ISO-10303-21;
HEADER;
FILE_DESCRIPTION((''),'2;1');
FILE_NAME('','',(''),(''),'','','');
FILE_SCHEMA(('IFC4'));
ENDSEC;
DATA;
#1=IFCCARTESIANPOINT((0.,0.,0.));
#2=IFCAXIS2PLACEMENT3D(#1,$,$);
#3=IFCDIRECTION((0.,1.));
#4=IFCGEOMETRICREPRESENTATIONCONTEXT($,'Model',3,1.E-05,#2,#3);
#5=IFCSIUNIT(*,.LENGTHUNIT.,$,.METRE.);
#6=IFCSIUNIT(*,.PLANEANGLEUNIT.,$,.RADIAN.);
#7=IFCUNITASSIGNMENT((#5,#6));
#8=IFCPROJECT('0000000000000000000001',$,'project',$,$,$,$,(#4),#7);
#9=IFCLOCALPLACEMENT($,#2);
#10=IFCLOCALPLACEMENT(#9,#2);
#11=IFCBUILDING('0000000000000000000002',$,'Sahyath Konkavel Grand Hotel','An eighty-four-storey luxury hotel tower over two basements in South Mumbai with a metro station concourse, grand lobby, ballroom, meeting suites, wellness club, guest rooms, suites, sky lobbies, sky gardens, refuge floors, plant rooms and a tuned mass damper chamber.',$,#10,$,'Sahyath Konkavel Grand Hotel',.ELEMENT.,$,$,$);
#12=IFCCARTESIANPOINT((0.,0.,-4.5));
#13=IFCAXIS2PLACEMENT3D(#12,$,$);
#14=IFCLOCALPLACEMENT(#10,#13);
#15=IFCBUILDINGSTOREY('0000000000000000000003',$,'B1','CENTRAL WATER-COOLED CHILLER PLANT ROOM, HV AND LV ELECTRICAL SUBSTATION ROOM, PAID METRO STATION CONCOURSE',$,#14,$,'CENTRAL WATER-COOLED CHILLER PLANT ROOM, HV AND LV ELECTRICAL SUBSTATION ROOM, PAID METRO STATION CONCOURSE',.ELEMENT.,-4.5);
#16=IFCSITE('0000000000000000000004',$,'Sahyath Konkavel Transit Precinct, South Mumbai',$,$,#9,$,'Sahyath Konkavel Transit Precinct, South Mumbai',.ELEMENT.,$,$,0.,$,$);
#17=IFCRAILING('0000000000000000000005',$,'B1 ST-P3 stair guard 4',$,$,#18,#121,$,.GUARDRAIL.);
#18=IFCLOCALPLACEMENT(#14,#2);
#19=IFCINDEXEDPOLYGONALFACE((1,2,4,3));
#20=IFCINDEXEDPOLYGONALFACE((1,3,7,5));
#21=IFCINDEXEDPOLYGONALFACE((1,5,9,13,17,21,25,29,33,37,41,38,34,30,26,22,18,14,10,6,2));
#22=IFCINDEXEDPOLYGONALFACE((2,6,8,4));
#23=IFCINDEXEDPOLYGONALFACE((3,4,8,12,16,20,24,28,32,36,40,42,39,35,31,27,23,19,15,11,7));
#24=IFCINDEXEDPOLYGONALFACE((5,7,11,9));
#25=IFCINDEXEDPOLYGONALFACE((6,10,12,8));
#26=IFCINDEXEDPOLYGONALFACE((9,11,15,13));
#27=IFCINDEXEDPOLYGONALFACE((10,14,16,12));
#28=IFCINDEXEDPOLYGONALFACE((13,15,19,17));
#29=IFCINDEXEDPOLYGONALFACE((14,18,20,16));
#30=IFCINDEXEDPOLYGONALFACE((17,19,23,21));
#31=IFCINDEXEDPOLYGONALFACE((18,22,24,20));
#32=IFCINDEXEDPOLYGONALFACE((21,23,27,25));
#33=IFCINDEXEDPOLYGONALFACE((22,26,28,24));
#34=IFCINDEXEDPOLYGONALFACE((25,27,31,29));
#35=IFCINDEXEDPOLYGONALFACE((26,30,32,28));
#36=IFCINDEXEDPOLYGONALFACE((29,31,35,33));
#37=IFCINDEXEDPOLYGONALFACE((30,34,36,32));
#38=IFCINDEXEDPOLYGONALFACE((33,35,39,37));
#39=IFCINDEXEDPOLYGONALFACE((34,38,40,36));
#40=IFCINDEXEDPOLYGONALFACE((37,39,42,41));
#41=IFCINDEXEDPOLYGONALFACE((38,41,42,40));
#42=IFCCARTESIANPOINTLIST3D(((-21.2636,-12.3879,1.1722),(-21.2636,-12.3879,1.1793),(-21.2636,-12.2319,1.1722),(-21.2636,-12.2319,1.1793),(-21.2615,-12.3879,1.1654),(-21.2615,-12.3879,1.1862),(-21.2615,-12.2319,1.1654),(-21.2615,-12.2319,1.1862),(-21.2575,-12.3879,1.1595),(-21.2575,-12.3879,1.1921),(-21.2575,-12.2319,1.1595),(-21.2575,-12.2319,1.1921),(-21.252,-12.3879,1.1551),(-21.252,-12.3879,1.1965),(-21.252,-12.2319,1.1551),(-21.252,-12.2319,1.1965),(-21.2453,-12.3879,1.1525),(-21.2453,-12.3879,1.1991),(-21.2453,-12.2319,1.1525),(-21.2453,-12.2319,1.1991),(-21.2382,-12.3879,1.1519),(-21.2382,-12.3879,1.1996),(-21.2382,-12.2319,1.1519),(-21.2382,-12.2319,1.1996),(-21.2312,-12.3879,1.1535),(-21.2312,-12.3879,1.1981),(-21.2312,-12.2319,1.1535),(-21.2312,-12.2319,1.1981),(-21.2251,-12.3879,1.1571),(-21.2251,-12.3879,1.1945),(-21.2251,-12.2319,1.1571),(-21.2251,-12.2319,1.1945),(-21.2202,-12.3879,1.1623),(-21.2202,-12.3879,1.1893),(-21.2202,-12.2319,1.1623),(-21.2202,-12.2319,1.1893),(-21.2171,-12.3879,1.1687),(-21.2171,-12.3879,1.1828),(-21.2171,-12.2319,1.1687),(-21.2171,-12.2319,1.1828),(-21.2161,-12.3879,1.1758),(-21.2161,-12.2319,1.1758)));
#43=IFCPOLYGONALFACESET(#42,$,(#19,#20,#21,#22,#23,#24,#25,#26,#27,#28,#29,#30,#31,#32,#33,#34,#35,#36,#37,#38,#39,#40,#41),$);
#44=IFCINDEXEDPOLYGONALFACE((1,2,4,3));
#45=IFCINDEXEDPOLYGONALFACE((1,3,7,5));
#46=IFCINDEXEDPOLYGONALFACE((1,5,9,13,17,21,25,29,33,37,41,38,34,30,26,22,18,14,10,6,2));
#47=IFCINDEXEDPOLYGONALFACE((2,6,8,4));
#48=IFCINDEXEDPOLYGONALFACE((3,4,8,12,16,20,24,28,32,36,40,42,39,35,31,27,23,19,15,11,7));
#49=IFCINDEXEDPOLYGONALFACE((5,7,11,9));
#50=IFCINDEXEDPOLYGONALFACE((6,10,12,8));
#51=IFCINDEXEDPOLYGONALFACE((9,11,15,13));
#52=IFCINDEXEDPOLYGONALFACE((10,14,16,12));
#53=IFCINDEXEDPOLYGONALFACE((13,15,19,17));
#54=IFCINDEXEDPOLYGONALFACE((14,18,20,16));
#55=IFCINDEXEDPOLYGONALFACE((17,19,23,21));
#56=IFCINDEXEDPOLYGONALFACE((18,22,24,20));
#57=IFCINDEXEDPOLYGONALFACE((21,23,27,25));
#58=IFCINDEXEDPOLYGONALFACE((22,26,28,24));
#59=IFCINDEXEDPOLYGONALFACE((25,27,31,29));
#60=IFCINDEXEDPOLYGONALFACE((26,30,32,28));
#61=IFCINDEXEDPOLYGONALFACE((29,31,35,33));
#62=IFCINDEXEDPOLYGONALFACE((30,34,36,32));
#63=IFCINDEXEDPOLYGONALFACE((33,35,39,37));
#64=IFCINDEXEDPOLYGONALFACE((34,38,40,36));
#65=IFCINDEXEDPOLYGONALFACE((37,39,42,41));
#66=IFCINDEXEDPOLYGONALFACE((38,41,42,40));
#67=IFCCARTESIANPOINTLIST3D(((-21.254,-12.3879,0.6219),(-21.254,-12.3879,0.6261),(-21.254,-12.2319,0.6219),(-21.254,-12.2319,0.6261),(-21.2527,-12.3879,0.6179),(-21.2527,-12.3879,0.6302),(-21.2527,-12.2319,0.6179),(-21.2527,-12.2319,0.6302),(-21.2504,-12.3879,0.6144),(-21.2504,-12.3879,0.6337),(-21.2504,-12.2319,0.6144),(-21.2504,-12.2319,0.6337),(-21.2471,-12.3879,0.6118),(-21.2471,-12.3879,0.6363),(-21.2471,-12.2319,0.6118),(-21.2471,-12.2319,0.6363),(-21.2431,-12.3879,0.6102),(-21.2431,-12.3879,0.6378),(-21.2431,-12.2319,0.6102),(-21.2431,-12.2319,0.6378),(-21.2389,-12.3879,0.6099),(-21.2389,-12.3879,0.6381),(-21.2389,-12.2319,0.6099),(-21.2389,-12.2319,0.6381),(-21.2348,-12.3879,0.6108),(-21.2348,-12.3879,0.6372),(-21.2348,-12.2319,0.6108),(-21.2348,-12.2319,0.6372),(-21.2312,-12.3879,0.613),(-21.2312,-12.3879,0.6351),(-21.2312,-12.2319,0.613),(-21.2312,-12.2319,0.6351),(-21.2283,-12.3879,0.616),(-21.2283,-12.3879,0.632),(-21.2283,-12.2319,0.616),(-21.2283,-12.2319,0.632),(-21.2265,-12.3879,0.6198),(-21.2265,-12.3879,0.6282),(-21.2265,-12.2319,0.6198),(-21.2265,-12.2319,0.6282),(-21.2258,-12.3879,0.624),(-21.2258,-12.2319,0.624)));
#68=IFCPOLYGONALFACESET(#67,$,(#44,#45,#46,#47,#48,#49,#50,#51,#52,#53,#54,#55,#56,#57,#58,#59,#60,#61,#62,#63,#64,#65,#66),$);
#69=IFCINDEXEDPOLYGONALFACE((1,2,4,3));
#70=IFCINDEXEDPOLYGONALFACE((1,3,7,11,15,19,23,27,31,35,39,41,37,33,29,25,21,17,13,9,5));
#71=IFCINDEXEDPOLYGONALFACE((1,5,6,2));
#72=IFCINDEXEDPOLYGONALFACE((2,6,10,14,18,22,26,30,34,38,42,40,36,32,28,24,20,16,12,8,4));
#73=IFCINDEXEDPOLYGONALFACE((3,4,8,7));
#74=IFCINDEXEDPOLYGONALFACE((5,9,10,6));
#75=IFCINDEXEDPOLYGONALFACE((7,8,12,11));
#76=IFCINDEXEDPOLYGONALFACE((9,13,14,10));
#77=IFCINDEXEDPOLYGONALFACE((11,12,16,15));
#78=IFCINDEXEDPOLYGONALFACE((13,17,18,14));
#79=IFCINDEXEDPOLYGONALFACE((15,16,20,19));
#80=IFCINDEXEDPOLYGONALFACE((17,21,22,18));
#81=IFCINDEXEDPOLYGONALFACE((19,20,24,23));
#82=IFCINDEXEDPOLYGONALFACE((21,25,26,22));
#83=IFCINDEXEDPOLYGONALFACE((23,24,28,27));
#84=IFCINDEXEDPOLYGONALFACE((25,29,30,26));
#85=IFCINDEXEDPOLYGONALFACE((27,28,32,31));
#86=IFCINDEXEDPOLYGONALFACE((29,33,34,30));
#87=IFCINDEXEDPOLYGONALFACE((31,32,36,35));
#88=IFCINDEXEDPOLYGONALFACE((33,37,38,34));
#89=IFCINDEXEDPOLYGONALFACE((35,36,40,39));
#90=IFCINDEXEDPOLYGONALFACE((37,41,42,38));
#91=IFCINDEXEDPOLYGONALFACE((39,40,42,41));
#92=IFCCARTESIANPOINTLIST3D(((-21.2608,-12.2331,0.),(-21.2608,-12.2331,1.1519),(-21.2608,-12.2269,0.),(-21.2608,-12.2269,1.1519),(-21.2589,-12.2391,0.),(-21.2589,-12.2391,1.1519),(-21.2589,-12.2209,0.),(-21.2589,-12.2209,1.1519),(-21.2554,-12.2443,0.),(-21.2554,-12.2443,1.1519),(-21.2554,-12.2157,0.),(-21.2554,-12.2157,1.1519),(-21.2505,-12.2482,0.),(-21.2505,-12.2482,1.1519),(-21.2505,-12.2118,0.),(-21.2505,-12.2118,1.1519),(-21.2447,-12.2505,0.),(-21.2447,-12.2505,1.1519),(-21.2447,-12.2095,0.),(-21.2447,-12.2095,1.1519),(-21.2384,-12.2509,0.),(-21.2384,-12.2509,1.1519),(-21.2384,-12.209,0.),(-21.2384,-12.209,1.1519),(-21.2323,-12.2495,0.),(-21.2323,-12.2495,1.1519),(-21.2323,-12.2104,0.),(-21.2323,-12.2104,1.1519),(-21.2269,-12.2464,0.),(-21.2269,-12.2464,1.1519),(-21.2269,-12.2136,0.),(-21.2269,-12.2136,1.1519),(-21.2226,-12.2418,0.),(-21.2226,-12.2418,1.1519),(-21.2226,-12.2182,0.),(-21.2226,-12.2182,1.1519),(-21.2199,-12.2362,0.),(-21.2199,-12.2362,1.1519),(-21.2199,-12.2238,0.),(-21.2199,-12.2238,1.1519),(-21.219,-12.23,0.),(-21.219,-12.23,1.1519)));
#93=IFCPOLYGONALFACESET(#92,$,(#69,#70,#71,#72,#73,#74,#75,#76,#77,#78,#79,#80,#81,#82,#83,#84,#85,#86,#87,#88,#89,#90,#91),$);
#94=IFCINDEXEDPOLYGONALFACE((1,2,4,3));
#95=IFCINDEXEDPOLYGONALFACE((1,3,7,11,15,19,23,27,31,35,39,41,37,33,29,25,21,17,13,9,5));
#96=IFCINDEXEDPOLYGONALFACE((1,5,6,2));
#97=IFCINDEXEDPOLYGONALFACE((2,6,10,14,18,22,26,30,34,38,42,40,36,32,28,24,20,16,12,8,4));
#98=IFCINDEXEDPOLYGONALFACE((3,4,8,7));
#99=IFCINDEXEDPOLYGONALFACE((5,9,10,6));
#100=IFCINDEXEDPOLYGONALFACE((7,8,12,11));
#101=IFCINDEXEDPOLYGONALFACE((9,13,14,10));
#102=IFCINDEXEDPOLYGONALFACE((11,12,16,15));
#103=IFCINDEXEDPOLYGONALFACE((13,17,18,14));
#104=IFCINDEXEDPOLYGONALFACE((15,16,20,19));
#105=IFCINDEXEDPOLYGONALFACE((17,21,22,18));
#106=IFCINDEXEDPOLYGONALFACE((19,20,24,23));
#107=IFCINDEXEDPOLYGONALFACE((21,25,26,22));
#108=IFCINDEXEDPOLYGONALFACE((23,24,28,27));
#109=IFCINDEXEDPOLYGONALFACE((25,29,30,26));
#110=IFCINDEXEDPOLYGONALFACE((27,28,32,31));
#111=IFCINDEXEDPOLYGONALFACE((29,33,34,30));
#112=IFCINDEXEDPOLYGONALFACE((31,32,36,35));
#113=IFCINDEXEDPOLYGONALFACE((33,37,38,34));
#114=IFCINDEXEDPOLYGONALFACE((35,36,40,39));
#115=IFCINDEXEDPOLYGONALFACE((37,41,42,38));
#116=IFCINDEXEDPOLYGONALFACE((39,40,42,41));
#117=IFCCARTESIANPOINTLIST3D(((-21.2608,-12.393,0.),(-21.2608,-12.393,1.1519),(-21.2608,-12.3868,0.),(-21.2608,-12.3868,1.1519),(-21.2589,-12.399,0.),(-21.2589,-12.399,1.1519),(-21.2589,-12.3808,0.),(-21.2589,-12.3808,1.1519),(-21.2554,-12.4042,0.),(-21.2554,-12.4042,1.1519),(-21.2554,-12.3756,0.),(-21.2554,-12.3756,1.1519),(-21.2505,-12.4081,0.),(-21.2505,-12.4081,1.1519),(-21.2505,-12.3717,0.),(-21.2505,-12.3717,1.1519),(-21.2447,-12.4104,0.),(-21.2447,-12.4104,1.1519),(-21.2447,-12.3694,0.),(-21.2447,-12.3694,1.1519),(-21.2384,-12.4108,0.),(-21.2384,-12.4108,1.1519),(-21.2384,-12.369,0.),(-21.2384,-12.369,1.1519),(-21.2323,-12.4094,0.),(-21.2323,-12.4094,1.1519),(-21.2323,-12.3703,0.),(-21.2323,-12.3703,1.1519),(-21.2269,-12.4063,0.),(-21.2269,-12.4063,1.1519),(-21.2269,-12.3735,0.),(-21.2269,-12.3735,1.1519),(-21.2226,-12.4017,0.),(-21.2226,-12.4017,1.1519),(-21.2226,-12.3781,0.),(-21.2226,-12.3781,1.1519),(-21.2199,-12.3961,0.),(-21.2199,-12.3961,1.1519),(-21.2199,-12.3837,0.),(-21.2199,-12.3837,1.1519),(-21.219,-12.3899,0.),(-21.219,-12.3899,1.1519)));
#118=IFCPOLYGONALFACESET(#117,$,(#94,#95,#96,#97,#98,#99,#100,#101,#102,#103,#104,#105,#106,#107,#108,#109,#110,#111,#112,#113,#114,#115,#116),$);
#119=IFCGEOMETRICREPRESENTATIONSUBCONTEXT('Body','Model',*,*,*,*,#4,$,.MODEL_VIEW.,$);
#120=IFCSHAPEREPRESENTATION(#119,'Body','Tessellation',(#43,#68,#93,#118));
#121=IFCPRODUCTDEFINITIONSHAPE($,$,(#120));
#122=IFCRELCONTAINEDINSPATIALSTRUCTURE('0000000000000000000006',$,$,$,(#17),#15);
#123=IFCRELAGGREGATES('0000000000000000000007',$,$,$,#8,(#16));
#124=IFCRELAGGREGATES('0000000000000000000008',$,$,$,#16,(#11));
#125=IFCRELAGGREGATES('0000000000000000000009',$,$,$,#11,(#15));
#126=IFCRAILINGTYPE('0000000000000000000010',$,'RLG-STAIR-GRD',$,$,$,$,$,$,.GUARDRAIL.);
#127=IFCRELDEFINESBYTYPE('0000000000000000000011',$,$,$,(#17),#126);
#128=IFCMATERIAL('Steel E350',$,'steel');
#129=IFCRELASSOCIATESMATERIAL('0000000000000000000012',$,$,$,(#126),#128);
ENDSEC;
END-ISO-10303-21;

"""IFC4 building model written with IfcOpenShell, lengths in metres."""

from ifc_helpers import new_model, si_unit, direction, frame, origin, origin_2d, place, context, subcontext, project, spatial, circle, extrude, material, type_object, element, save


model = new_model("IFC4")

# Units and contexts
model_context = context("Model", 3, precision=1e-05, world=origin(), true_north=direction((0.0, 1.0)))
body_context = subcontext(model_context, "Body", "Model", "MODEL_VIEW")
ifc_project = project(units=[si_unit("LENGTHUNIT", "METRE"), si_unit("PLANEANGLEUNIT", "RADIAN")], contexts=[model_context])

# Site, building, storey
site_placement = place(None, origin())
site = spatial("IfcSite", under=ifc_project, at=site_placement, Name="Sahyath Konkavel Transit Precinct, South Mumbai", LongName="Sahyath Konkavel Transit Precinct, South Mumbai", CompositionType="ELEMENT", RefElevation=0.0)
building_placement = place(site_placement, origin())
building = spatial("IfcBuilding", under=site, at=building_placement, Name="Sahyath Konkavel Grand Hotel", Description="An eighty-four-storey luxury hotel tower over two basements in South Mumbai with a metro station concourse, grand lobby, ballroom, meeting suites, wellness club, guest rooms, suites, sky lobbies, sky gardens, refuge floors, plant rooms and a tuned mass damper chamber.", LongName="Sahyath Konkavel Grand Hotel", CompositionType="ELEMENT")
storey_placement = place(building_placement, frame((0.0, 0.0, -4.5)))
storey = spatial("IfcBuildingStorey", under=building, at=storey_placement, Name="B1", Description="CENTRAL WATER-COOLED CHILLER PLANT ROOM, HV AND LV ELECTRICAL SUBSTATION ROOM, PAID METRO STATION CONCOURSE", LongName="CENTRAL WATER-COOLED CHILLER PLANT ROOM, HV AND LV ELECTRICAL SUBSTATION ROOM, PAID METRO STATION CONCOURSE", CompositionType="ELEMENT", Elevation=-4.5)

# Shared definitions
ifc_material_1 = material(Name="Steel E350", Category="steel")

# Railing
railing_type_1 = type_object("IfcRailingType", Name="RLG-STAIR-GRD", PredefinedType="GUARDRAIL", material=ifc_material_1)
railing_1_placement = place(storey_placement, frame((-21.24, -12.23, 0.0)))
element("IfcRailing", 1, at=railing_1_placement, inside=storey, type_object=railing_type_1, Name="B1 ST-P3 stair guard 4", PredefinedType="GUARDRAIL", context=body_context, shape_type="SweptSolid", body=[
    extrude(circle(Radius=0.0239, at=origin_2d()), frame((0.0, -0.002, 1.1758), z_axis=(0.0, -1.0, 0.0), x_axis=(1.0, 0.0, 0.0)), (0.0, 0.0, 1.0), 0.156),
    extrude(circle(Radius=0.0142, at=origin_2d()), frame((0.0, -0.002, 0.624), z_axis=(0.0, -1.0, 0.0), x_axis=(1.0, 0.0, 0.0)), (0.0, 0.0, 1.0), 0.156),
    extrude(circle(Radius=0.021, at=origin_2d()), origin(), (0.0, 0.0, 1.0), 1.1519),
    extrude(circle(Radius=0.021, at=origin_2d()), frame((0.0, -0.1599, 0.0)), (0.0, 0.0, 1.0), 1.1519),
])

save(model, "model.ifc")
